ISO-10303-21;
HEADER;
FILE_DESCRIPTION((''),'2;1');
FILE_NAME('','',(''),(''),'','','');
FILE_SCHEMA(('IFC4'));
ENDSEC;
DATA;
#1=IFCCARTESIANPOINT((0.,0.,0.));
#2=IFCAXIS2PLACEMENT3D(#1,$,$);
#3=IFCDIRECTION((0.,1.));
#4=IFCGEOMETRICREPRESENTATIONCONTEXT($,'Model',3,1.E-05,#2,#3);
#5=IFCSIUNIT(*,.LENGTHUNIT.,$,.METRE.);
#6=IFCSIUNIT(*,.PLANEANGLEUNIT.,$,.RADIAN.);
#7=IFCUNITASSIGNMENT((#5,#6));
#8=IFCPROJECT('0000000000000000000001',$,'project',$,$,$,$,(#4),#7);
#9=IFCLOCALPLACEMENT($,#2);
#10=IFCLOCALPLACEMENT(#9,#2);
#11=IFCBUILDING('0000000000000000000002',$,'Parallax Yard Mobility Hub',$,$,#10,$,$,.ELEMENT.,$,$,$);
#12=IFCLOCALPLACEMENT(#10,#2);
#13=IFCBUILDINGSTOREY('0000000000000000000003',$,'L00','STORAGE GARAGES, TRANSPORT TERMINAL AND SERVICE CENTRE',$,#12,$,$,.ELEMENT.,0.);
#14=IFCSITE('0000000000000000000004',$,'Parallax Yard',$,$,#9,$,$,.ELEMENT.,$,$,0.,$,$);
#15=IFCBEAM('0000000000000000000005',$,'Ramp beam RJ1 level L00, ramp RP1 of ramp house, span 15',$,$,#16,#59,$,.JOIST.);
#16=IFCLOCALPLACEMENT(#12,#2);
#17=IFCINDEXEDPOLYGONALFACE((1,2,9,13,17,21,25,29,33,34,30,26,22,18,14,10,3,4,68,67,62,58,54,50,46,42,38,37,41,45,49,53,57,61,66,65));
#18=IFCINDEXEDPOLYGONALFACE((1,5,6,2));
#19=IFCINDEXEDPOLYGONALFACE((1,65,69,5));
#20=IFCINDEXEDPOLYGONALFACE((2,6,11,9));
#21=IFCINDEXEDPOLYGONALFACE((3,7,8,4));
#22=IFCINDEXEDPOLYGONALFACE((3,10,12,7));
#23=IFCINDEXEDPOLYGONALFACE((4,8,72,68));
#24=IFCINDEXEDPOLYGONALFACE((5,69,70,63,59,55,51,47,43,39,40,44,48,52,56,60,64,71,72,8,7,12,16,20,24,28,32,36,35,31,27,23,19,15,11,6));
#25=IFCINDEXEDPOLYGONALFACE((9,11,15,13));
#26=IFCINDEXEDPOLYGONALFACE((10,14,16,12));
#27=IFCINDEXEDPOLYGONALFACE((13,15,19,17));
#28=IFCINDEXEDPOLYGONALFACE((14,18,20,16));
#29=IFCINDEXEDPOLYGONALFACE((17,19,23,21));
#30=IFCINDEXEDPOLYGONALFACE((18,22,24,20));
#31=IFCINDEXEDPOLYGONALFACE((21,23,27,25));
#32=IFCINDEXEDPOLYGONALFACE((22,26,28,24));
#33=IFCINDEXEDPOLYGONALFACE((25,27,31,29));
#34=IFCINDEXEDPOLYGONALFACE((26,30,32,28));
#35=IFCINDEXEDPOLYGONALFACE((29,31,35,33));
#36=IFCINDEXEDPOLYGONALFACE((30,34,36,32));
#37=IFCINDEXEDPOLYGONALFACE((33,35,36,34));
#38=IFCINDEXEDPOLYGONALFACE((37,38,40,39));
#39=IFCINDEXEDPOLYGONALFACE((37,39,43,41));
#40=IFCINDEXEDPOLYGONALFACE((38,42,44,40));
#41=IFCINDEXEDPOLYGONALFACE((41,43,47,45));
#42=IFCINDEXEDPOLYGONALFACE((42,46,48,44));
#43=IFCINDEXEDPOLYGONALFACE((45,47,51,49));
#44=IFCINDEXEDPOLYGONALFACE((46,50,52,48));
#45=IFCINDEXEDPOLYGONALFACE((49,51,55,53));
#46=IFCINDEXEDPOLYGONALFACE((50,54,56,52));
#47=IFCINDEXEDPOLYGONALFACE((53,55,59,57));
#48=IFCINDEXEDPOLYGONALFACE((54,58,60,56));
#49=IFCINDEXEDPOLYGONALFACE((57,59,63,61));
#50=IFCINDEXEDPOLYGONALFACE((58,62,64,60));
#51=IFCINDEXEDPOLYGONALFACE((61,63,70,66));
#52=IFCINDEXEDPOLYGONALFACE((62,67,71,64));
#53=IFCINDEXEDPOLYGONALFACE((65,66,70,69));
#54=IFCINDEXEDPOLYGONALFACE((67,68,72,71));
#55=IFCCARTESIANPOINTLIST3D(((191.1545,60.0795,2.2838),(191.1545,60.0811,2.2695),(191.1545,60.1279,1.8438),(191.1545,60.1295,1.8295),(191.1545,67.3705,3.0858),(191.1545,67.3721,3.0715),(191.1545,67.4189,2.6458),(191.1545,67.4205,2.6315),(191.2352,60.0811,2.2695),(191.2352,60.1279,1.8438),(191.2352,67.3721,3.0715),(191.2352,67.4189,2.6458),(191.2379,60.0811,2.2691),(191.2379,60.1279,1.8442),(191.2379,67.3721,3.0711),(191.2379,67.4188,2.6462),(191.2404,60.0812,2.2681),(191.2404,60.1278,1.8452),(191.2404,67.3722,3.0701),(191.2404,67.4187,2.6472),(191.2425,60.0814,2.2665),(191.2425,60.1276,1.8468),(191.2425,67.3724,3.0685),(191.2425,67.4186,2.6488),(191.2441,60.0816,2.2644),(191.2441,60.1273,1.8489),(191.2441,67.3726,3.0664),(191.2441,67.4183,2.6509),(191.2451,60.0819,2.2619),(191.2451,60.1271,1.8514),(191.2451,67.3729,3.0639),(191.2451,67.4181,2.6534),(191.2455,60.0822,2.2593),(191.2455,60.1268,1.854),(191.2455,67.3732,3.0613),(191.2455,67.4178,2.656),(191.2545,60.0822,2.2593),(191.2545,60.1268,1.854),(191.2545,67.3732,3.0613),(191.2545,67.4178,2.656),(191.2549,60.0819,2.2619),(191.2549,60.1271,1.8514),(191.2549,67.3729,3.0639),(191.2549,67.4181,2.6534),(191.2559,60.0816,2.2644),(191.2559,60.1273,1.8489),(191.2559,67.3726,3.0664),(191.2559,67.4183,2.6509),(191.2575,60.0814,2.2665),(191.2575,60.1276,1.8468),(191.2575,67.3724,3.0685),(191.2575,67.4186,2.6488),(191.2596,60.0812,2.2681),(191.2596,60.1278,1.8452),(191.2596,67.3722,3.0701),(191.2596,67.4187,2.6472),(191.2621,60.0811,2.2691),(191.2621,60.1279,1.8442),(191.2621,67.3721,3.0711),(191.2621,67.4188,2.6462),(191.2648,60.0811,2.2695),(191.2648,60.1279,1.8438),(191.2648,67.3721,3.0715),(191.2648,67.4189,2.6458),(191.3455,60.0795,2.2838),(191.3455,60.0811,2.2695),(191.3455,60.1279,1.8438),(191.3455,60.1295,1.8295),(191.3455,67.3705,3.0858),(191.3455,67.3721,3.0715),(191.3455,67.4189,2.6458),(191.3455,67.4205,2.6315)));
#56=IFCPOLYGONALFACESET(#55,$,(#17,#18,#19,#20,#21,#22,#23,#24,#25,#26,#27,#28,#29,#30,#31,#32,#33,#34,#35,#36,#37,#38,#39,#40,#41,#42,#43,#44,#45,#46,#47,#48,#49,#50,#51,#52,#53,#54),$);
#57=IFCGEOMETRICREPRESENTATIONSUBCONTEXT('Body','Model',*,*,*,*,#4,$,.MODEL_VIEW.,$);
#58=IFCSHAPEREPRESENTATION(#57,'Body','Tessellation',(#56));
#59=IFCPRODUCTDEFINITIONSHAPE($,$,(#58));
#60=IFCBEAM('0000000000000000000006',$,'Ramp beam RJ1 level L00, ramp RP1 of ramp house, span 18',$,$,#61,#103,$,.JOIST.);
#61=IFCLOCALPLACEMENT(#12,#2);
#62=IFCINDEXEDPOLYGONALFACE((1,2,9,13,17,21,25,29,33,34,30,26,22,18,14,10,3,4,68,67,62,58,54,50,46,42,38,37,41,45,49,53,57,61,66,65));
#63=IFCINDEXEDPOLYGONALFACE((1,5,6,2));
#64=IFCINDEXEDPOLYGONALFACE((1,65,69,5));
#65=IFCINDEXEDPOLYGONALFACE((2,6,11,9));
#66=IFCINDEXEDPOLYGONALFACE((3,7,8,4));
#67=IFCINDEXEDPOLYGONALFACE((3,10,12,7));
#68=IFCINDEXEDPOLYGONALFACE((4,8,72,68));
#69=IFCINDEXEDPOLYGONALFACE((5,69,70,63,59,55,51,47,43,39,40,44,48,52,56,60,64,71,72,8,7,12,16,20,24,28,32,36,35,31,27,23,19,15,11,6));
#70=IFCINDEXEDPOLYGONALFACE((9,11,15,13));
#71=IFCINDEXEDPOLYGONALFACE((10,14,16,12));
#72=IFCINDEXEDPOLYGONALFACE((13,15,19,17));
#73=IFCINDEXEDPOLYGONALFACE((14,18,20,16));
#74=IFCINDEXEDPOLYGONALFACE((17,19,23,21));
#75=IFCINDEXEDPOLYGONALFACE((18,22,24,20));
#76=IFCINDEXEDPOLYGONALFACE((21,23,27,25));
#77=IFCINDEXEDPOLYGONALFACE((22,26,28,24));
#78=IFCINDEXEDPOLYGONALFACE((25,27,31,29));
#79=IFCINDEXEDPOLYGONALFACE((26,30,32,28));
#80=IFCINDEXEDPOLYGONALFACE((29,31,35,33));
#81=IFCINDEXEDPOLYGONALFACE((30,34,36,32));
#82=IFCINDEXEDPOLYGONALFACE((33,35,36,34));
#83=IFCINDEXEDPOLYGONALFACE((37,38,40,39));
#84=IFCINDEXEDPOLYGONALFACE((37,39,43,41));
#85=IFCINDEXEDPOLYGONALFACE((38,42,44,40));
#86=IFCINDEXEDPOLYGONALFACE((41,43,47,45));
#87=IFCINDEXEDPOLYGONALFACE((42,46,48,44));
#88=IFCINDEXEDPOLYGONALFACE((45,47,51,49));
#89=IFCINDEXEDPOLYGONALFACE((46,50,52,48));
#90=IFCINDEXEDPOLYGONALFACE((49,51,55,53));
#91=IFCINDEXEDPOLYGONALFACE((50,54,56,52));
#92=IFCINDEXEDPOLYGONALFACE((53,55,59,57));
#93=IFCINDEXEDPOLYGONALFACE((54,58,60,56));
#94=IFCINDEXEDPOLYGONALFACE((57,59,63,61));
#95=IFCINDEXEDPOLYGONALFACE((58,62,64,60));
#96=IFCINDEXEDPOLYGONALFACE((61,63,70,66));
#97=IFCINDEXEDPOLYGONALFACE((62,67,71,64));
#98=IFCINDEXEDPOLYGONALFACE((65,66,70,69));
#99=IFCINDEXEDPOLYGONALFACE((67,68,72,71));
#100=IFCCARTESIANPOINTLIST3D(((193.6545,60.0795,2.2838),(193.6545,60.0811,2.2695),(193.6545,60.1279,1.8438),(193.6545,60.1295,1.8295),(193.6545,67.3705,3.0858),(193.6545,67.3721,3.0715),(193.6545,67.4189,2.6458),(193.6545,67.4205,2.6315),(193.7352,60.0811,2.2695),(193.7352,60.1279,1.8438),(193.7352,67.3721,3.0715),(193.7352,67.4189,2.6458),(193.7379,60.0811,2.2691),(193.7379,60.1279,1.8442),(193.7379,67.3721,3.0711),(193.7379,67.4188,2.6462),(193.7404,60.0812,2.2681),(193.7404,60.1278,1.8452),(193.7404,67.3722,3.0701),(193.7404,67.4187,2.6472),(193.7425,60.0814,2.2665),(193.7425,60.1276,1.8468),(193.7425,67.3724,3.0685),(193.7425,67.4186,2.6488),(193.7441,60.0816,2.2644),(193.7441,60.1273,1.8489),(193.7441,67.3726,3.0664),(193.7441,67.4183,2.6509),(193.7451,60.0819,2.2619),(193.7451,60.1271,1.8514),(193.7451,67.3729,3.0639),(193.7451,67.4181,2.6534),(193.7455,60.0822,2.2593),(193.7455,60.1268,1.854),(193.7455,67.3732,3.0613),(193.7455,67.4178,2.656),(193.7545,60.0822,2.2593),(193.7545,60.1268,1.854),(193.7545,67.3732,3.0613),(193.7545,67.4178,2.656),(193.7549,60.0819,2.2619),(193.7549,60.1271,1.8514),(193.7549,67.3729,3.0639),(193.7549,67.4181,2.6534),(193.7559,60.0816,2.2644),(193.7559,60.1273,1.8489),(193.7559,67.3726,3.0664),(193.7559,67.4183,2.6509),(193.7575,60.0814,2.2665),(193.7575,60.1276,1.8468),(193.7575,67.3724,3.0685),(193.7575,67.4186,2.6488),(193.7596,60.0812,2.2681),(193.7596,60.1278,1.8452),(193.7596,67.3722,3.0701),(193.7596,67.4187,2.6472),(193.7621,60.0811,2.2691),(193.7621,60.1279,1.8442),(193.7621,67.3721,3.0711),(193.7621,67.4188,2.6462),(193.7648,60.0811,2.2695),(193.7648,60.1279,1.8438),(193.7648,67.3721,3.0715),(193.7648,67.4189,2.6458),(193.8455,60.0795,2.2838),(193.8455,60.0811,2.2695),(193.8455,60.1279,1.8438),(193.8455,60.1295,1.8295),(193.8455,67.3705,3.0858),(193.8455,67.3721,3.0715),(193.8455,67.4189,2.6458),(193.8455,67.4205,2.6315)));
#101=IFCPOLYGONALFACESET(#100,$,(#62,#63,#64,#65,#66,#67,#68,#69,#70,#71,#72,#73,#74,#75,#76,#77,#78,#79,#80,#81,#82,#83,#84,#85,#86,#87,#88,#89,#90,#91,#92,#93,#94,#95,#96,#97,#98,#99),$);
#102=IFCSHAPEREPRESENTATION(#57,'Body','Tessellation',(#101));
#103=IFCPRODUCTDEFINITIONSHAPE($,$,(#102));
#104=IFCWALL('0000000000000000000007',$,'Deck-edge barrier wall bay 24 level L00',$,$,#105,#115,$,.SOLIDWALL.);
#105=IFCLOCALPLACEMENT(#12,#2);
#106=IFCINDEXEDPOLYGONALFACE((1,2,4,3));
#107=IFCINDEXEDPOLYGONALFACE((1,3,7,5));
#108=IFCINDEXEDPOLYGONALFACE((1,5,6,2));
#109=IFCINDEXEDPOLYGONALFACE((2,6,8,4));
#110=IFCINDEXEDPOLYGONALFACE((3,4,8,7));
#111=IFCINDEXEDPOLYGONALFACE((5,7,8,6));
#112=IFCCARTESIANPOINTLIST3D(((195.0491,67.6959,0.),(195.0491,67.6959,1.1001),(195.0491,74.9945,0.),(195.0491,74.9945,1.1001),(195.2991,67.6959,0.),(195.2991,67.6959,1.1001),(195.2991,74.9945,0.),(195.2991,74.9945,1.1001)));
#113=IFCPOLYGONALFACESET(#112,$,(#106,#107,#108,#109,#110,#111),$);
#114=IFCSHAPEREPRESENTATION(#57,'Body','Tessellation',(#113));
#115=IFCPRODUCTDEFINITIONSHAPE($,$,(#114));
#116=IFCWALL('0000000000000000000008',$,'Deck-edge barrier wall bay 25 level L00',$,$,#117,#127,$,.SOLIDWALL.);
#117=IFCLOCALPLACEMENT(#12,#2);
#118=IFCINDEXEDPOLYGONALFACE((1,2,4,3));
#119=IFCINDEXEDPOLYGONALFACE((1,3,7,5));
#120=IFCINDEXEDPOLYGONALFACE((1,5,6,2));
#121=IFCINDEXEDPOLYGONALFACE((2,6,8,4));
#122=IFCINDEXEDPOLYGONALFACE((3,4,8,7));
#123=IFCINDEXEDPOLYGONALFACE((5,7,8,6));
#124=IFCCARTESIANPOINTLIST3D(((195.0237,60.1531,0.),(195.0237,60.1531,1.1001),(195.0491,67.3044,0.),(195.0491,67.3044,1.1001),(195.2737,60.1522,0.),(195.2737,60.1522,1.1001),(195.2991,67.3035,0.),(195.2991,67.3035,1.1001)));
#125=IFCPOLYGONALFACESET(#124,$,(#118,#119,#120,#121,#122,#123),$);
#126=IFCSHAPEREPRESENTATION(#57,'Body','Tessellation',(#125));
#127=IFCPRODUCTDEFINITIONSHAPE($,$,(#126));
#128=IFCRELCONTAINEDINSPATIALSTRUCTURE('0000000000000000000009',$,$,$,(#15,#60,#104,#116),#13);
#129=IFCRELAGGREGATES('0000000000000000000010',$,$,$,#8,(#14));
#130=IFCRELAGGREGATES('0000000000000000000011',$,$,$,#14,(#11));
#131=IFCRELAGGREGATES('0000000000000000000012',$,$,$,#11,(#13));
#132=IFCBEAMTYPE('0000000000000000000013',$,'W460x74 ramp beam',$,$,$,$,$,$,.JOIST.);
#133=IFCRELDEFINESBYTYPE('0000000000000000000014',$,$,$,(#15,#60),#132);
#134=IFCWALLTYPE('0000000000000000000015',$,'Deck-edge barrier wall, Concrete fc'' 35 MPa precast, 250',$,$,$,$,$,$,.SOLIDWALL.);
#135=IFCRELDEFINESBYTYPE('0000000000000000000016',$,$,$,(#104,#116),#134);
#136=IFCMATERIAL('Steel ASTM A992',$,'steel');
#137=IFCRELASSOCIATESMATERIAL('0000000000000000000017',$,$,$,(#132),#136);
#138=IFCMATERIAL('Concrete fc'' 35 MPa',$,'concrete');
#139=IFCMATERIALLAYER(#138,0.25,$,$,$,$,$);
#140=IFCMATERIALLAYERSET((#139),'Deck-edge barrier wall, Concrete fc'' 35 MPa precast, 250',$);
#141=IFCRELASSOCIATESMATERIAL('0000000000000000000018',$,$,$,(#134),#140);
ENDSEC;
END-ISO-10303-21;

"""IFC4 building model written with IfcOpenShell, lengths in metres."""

from ifc_helpers import new_model, si_unit, direction, frame, frame_2d, origin, origin_2d, place, context, subcontext, project, spatial, rectangle, i_section, extrude, material, layer, layer_set, material_profile, profile_set, type_object, element, save


model = new_model("IFC4")

# Units and contexts
model_context = context("Model", 3, precision=1e-05, world=origin(), true_north=direction((0.0, 1.0)))
body_context = subcontext(model_context, "Body", "Model", "MODEL_VIEW")
ifc_project = project(units=[si_unit("LENGTHUNIT", "METRE"), si_unit("PLANEANGLEUNIT", "RADIAN")], contexts=[model_context])

# Site, building, storey
site_placement = place(None, origin())
site = spatial("IfcSite", under=ifc_project, at=site_placement, Name="Parallax Yard", CompositionType="ELEMENT", RefElevation=0.0)
building_placement = place(site_placement, origin())
building = spatial("IfcBuilding", under=site, at=building_placement, Name="Parallax Yard Mobility Hub", CompositionType="ELEMENT")
storey_placement = place(building_placement, origin())
storey = spatial("IfcBuildingStorey", under=building, at=storey_placement, Name="L00", Description="STORAGE GARAGES, TRANSPORT TERMINAL AND SERVICE CENTRE", CompositionType="ELEMENT", Elevation=0.0)

# Shared definitions
ifc_material_1 = material(Name="Steel ASTM A992", Category="steel")

# Beams
ifc_material_profile_1 = material_profile(ifc_material_1, i_section(OverallWidth=0.1909, OverallDepth=0.457, WebThickness=0.009, FlangeThickness=0.0144, FilletRadius=0.0103, at=origin_2d()), Name="W460x74")
ifc_profile_set_1 = profile_set([ifc_material_profile_1], Name="Steel ASTM A992")
beam_type = type_object("IfcBeamType", Name="W460x74 ramp beam", PredefinedType="JOIST", material=ifc_profile_set_1)
for number, where, z_axis, x_axis, name in (
    (1, (191.25, 60.1045, 2.0566), (0.0, 0.994005, 0.109339), (-1.0, 0.0, 0.0), "Ramp beam RJ1 level L00, ramp RP1 of ramp house, span 15"),
    (2, (193.75, 60.1045, 2.0566), (0.0, 0.994005, 0.109339), (-1.0, 0.0, 0.0), "Ramp beam RJ1 level L00, ramp RP1 of ramp house, span 18"),
):
    element("IfcBeam", number, at=place(storey_placement, frame(where, z_axis=z_axis, x_axis=x_axis)), inside=storey, type_object=beam_type, Name=name, PredefinedType="JOIST", context=body_context, shape_type="SweptSolid", body=[
        extrude(i_section(OverallWidth=0.1909, OverallDepth=0.457, WebThickness=0.009, FlangeThickness=0.0144, FilletRadius=0.0103, at=origin_2d()), origin(), (0.0, 0.0, 1.0), 7.335),
    ])

# Walls
ifc_material_2 = material(Name="Concrete fc' 35 MPa", Category="concrete")
ifc_layer = layer(ifc_material_2, 0.25)
ifc_layer_set = layer_set([ifc_layer], Name="Deck-edge barrier wall, Concrete fc' 35 MPa precast, 250")
wall_type = type_object("IfcWallType", Name="Deck-edge barrier wall, Concrete fc' 35 MPa precast, 250", PredefinedType="SOLIDWALL", material=ifc_layer_set)
wall_1_placement = place(storey_placement, frame((195.1741, 74.9946, 0.0), z_axis=(0.0, 0.0, 1.0), x_axis=(0.0, -1.0, 0.0)))
element("IfcWall", 3, at=wall_1_placement, inside=storey, type_object=wall_type, Name="Deck-edge barrier wall bay 24 level L00", PredefinedType="SOLIDWALL", context=body_context, shape_type="SweptSolid", body=[
    extrude(rectangle(XDim=7.2986, YDim=0.25, at=frame_2d((3.6494, 0.0))), origin(), (0.0, 0.0, 1.0), 1.1001),
])
wall_2_placement = place(storey_placement, frame((195.1741, 67.304, 0.0), z_axis=(0.0, 0.0, 1.0), x_axis=(-0.00355, -0.999994, 0.0)))
element("IfcWall", 4, at=wall_2_placement, inside=storey, type_object=wall_type, Name="Deck-edge barrier wall bay 25 level L00", PredefinedType="SOLIDWALL", context=body_context, shape_type="SweptSolid", body=[
    extrude(rectangle(XDim=7.1514, YDim=0.25, at=frame_2d((3.5757, 0.0))), origin(), (0.0, 0.0, 1.0), 1.1001),
])

save(model, "model.ifc")
